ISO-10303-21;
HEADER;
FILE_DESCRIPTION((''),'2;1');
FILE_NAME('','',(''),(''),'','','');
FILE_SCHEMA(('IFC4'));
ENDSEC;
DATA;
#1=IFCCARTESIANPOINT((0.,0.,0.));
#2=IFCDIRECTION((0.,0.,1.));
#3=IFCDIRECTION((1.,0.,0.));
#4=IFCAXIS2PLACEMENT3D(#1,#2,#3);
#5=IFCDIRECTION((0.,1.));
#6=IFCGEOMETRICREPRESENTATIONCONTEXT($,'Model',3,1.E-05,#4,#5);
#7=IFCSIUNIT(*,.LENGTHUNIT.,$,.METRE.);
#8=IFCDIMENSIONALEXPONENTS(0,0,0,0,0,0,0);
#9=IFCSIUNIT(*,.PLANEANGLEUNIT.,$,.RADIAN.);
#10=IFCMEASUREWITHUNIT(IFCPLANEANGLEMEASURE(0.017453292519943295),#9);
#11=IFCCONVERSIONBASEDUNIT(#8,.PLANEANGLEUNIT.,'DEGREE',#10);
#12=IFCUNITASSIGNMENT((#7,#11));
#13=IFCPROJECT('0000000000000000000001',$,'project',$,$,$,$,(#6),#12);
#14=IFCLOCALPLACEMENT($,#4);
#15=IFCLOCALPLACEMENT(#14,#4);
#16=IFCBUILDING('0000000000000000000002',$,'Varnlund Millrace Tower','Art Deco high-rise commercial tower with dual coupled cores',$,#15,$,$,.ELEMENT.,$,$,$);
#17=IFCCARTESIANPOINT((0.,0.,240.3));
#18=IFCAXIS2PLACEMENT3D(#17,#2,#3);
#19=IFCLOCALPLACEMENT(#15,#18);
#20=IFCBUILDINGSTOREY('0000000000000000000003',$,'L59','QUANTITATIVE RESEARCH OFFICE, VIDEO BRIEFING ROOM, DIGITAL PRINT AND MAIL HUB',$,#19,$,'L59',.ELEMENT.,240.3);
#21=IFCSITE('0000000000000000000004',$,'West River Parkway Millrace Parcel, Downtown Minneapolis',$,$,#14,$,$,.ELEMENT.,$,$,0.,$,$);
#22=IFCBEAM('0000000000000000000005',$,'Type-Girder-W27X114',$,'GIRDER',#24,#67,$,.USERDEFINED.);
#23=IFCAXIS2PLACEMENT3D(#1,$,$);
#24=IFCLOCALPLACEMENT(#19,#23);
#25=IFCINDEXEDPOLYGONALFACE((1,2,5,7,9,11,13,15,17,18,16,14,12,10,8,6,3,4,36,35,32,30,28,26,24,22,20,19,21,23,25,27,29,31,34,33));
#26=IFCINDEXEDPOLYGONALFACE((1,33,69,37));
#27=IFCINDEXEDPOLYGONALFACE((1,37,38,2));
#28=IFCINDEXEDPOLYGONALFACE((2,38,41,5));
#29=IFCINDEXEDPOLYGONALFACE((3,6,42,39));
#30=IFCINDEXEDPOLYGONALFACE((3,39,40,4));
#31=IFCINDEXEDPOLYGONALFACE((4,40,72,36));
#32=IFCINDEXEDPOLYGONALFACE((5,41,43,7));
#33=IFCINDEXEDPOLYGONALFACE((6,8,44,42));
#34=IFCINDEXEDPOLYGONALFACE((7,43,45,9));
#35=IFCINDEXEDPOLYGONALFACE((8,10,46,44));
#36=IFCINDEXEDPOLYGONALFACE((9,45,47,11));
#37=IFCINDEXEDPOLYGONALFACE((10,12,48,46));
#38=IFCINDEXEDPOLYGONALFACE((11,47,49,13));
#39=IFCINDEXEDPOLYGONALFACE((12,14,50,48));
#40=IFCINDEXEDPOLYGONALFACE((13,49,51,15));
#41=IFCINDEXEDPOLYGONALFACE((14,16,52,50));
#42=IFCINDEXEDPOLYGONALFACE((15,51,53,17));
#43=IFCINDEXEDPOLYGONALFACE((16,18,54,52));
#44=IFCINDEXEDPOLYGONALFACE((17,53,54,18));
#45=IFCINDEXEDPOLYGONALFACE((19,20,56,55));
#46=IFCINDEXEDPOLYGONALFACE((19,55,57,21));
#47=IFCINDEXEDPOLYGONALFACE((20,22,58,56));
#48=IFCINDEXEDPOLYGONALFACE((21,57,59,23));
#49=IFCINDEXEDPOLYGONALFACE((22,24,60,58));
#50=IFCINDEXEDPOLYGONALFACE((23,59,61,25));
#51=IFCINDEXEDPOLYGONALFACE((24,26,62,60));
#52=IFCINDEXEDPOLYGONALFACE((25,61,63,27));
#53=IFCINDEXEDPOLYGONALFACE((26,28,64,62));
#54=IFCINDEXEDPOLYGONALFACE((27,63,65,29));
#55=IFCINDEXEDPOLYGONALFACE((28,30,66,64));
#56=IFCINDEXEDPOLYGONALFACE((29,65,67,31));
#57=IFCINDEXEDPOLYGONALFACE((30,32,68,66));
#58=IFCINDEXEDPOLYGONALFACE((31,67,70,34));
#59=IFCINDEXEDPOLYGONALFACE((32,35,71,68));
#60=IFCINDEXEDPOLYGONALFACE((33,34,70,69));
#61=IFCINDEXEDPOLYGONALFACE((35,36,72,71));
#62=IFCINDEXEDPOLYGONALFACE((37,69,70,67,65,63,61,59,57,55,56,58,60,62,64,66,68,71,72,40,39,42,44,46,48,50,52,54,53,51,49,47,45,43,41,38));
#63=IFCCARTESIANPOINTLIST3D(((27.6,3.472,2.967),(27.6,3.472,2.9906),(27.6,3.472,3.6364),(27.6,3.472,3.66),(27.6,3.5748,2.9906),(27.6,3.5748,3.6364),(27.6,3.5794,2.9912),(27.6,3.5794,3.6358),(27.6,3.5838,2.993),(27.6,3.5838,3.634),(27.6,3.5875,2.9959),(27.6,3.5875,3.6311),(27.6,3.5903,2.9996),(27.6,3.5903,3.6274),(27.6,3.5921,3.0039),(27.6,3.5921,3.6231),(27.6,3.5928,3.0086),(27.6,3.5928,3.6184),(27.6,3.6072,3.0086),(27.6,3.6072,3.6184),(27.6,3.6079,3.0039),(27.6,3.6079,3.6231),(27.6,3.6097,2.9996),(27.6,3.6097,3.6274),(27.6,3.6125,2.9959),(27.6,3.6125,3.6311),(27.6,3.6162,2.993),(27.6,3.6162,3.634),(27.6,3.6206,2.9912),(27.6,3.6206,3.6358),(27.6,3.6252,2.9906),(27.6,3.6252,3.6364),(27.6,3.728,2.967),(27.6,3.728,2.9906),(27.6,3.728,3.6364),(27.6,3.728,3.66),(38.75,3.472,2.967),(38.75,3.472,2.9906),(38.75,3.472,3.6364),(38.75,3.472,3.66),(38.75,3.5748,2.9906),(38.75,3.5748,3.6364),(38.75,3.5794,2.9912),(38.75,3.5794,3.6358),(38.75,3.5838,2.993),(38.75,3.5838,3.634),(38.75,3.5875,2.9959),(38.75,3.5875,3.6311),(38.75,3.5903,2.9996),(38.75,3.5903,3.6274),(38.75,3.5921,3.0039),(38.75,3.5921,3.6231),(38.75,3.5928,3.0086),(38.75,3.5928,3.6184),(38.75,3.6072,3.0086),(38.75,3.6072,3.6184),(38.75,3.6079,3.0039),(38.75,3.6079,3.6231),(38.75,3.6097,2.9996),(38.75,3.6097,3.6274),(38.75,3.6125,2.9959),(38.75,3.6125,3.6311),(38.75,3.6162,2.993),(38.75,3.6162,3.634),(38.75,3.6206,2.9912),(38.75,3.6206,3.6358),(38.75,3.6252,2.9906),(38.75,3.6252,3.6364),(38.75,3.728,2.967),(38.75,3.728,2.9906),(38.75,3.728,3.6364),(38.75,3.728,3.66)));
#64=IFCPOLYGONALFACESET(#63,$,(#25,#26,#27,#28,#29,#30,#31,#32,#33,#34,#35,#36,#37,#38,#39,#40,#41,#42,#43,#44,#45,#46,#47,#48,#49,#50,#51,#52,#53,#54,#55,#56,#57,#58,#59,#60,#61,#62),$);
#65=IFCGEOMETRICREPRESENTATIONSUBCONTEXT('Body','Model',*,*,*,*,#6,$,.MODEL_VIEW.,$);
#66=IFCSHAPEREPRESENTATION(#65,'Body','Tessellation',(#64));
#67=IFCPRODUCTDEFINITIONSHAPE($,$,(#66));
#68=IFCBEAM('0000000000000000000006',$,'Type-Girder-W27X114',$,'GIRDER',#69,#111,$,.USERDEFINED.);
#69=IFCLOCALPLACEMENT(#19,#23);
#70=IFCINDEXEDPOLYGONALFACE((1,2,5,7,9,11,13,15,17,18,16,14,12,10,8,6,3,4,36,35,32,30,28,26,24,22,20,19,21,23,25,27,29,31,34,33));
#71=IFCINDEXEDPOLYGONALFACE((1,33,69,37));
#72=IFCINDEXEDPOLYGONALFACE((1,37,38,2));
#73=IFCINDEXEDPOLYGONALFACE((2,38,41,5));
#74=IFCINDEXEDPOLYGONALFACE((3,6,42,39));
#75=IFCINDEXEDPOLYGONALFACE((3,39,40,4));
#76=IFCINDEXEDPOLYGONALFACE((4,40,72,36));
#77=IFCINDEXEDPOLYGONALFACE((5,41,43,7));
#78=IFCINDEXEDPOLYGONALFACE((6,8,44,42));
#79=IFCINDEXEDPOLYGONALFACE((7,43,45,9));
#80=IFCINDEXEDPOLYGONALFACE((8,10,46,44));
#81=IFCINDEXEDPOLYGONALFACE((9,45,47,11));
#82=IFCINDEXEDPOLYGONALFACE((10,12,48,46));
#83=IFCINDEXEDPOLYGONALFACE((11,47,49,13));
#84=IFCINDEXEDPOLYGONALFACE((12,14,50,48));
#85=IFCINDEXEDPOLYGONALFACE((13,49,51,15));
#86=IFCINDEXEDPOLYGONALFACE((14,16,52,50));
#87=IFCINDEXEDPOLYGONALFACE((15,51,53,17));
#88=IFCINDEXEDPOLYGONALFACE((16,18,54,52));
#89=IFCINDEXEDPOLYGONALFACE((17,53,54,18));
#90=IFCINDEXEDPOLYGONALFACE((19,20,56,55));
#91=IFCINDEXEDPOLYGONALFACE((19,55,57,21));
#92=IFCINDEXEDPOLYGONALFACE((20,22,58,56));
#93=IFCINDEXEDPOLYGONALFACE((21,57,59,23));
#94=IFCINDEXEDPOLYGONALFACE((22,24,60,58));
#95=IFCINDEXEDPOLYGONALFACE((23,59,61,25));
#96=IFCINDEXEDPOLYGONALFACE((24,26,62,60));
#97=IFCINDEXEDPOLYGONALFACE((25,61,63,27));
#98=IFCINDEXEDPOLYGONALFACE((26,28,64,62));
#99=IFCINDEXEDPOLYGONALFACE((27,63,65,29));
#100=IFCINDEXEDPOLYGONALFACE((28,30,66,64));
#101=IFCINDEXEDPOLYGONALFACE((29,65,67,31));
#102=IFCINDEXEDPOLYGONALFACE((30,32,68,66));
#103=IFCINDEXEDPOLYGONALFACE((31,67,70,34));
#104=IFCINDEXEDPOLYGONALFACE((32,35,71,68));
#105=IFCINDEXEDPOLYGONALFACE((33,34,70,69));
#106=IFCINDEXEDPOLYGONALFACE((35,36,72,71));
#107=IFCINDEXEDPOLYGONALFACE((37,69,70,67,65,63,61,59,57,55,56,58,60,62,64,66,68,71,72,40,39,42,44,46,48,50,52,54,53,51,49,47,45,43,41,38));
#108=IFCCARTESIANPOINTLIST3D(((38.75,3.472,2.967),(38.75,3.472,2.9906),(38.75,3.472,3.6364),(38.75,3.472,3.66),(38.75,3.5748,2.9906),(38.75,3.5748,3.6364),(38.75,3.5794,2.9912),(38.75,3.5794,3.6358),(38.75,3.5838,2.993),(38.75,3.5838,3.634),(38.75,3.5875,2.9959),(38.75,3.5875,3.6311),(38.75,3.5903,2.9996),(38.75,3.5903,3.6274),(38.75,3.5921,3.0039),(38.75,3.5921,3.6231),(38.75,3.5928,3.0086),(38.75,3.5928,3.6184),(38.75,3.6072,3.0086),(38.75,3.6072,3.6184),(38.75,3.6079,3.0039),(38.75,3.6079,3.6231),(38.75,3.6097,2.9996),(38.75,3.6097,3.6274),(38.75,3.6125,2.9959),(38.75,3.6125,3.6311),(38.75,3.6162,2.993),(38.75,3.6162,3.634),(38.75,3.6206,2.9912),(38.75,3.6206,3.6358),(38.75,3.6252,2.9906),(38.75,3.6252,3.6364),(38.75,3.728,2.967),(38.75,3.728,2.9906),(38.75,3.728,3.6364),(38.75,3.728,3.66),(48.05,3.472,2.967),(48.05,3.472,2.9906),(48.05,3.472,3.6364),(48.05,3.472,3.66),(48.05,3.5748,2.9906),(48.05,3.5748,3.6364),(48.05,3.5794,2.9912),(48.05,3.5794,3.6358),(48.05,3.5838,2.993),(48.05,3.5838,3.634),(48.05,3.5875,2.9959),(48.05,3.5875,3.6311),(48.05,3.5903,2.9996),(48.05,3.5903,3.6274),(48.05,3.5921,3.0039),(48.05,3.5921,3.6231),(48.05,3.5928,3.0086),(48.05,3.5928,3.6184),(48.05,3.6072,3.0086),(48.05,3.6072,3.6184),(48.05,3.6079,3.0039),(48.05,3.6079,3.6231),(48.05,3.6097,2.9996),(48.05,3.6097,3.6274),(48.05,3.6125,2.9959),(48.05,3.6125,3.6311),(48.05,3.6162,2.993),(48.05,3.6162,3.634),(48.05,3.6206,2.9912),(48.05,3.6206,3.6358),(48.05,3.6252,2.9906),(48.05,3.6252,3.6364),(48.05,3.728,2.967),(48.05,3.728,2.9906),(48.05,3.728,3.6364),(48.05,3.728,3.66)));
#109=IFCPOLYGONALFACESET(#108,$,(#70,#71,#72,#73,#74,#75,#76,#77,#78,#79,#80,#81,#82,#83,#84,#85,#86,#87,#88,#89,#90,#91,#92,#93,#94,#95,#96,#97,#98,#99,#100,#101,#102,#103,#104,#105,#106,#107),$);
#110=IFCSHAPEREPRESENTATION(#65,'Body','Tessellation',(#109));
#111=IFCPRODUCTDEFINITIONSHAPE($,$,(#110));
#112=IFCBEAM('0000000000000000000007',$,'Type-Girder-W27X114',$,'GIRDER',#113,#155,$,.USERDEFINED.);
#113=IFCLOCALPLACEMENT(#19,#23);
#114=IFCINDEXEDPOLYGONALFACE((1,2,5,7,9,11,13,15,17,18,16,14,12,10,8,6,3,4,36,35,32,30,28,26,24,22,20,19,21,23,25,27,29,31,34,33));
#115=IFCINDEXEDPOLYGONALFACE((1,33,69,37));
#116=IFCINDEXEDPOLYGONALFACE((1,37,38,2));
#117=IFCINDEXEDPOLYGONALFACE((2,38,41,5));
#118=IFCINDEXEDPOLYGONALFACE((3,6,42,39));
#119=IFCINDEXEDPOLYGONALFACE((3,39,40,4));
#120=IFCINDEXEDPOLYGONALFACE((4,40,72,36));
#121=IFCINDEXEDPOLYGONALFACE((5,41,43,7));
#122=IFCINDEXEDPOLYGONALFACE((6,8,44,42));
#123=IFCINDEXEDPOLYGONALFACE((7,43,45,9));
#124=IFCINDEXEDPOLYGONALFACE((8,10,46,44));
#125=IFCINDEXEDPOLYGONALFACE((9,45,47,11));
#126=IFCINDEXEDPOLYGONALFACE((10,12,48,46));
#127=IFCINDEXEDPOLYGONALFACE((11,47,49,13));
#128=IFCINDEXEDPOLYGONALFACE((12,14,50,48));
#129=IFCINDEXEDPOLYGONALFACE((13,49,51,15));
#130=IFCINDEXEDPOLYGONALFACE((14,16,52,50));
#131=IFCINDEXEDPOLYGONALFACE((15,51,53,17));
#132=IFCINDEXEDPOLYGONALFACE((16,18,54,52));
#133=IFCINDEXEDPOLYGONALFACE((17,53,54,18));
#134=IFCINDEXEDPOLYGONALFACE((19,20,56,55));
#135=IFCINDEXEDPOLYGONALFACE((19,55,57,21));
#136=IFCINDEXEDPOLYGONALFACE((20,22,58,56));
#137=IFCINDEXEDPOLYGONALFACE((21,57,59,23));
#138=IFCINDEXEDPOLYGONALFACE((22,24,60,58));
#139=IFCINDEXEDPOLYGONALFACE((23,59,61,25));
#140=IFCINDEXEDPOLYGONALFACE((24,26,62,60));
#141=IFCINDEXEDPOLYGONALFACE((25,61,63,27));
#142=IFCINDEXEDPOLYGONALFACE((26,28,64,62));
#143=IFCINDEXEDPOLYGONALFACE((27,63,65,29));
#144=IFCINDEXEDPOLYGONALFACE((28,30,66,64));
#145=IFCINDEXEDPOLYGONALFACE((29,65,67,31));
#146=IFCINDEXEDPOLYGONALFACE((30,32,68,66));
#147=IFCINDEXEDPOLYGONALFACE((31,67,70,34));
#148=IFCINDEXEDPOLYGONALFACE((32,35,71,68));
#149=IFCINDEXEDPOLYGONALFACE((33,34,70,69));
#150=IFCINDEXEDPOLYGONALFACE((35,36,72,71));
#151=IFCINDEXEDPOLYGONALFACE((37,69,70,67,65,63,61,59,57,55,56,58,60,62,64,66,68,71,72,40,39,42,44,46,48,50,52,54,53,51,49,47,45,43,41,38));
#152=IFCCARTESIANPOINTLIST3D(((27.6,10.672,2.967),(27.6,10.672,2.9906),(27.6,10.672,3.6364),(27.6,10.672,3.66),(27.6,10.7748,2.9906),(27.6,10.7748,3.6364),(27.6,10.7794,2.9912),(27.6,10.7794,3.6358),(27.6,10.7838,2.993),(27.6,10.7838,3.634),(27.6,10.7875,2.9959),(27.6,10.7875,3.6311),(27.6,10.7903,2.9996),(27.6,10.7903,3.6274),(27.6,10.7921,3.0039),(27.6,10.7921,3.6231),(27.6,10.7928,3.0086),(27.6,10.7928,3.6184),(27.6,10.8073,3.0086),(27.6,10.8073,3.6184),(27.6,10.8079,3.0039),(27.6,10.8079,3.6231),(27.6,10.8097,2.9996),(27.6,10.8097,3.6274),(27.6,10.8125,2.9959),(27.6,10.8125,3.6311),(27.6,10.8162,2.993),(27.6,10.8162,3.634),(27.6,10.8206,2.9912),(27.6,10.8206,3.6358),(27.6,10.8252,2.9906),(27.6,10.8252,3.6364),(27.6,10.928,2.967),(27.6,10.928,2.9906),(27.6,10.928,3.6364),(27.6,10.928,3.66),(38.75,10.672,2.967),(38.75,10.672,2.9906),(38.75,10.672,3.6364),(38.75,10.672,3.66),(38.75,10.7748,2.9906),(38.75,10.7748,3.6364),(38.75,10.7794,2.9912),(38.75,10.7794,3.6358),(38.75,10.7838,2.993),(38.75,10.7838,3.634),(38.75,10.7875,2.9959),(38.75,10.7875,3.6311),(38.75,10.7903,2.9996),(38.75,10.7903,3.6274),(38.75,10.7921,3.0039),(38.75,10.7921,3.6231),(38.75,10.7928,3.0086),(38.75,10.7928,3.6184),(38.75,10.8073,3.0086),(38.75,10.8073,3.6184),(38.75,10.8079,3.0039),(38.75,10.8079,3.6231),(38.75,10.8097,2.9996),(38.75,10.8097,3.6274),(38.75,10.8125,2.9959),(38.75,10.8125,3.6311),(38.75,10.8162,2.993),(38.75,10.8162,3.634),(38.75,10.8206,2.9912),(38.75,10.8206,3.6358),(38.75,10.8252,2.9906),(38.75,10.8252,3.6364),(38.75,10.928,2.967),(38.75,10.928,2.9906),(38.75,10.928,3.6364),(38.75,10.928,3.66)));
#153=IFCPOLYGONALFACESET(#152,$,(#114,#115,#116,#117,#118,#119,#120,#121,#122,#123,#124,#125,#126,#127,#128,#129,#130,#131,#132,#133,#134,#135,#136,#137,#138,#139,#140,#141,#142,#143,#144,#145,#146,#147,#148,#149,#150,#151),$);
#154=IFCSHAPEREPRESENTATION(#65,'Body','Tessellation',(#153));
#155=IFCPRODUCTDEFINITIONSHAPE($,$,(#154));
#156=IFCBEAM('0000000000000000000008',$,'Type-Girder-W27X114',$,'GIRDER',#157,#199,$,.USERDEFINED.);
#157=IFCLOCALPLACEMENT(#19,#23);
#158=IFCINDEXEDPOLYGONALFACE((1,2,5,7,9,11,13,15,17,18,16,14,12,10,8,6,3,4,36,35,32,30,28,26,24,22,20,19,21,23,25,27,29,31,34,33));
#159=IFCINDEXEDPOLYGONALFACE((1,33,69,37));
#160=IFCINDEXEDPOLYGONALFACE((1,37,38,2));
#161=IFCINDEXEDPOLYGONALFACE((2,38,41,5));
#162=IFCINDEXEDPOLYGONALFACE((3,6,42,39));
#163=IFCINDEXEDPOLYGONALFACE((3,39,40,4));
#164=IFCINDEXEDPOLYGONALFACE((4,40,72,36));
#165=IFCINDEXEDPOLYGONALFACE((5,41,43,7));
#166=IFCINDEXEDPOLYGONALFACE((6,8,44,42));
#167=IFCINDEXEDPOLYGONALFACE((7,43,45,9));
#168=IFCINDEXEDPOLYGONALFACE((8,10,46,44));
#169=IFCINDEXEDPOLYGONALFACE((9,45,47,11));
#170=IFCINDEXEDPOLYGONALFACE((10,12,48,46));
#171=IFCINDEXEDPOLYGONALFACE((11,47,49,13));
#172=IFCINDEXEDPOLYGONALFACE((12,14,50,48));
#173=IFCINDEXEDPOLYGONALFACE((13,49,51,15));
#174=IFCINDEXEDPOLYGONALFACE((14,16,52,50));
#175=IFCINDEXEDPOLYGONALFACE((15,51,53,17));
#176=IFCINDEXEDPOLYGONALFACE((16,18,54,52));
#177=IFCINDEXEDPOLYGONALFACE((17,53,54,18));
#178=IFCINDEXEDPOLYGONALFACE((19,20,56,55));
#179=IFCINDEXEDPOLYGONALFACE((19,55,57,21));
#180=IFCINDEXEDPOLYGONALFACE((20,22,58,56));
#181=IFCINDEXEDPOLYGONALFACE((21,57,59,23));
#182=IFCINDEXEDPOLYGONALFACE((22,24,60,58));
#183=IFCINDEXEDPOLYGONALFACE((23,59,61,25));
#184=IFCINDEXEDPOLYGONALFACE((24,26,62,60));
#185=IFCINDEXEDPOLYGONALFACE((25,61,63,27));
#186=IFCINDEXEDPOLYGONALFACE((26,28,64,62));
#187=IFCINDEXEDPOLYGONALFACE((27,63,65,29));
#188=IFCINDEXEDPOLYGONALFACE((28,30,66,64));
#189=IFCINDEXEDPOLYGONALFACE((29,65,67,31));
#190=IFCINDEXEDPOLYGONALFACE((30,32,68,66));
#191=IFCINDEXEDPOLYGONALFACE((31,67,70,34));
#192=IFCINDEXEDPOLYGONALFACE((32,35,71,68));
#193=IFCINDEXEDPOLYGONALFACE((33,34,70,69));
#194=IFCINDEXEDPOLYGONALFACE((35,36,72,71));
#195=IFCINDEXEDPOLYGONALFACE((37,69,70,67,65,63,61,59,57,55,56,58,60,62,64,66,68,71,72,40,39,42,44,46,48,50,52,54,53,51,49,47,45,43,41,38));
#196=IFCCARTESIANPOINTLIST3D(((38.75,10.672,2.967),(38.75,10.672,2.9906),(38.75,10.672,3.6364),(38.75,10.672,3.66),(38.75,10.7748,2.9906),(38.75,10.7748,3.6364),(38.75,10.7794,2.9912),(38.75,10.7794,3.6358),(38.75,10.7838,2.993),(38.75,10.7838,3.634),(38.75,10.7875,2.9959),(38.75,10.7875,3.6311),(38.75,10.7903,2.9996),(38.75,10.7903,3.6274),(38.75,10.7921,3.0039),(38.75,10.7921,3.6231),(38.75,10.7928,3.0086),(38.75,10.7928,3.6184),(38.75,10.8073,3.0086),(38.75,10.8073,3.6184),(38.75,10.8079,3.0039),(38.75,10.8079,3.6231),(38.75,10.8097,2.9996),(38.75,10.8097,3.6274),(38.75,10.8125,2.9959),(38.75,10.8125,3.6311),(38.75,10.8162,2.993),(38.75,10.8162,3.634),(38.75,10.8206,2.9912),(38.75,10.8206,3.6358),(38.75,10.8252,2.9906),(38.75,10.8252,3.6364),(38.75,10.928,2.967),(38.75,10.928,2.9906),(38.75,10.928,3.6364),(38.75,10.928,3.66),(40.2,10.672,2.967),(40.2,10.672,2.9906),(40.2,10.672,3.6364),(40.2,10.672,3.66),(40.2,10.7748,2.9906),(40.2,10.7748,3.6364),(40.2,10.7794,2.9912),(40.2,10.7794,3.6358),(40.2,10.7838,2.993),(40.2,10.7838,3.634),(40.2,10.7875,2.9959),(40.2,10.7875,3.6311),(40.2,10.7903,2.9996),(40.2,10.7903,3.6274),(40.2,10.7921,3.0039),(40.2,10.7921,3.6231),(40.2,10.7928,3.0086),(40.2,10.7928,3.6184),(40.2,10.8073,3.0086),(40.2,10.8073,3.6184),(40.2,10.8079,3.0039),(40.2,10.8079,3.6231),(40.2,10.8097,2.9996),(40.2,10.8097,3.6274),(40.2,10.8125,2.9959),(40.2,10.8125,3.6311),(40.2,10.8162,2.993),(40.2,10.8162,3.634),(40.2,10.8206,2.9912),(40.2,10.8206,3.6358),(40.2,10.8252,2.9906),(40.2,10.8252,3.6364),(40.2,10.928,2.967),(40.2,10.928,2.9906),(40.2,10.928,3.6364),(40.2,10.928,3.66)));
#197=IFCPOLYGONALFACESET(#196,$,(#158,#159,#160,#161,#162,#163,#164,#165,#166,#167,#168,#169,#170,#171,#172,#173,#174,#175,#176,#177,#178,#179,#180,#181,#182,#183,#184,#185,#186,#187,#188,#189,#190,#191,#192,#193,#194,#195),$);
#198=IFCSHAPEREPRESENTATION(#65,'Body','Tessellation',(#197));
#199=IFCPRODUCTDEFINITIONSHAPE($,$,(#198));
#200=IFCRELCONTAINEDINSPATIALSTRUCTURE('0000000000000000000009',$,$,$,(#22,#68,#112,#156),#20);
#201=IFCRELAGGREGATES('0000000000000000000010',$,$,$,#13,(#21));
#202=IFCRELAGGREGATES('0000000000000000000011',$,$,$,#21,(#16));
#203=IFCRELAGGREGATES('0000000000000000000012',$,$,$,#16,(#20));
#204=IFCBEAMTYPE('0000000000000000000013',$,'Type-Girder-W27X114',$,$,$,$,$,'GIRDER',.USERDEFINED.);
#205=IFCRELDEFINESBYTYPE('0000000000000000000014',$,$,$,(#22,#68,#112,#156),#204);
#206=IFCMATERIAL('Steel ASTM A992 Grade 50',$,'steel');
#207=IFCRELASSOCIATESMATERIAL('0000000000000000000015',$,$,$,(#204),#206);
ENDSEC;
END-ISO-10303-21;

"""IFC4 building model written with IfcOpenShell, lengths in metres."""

from ifc_helpers import new_model, entity, si_unit, converted_unit, direction, frame, origin_with_axes, origin_2d_with_axis, place, context, subcontext, project, spatial, i_section, extrude, material, material_profile, profile_set, type_object, element, save


model = new_model("IFC4")

# Units and contexts
model_context = context("Model", 3, precision=1e-05, world=origin_with_axes(), true_north=direction((0.0, 1.0)))
body_context = subcontext(model_context, "Body", "Model", "MODEL_VIEW")
ifc_project = project(units=[si_unit("LENGTHUNIT", "METRE"), converted_unit("PLANEANGLEUNIT", "DEGREE", entity("IfcPlaneAngleMeasure", 0.017453292519943295), si_unit("PLANEANGLEUNIT", "RADIAN"), dimensions=[0, 0, 0, 0, 0, 0, 0])], contexts=[model_context])

# Site, building, storey
site_placement = place(None, origin_with_axes())
site = spatial("IfcSite", under=ifc_project, at=site_placement, Name="West River Parkway Millrace Parcel, Downtown Minneapolis", CompositionType="ELEMENT", RefElevation=0.0)
building_placement = place(site_placement, origin_with_axes())
building = spatial("IfcBuilding", under=site, at=building_placement, Name="Varnlund Millrace Tower", Description="Art Deco high-rise commercial tower with dual coupled cores", CompositionType="ELEMENT")
storey_placement = place(building_placement, frame((0.0, 0.0, 240.3), z_axis=(0.0, 0.0, 1.0), x_axis=(1.0, 0.0, 0.0)))
storey = spatial("IfcBuildingStorey", under=building, at=storey_placement, Name="L59", Description="QUANTITATIVE RESEARCH OFFICE, VIDEO BRIEFING ROOM, DIGITAL PRINT AND MAIL HUB", LongName="L59", CompositionType="ELEMENT", Elevation=240.3)

# Beams
ifc_material_1 = material(Name="Steel ASTM A992 Grade 50", Category="steel")
ifc_material_profile_1 = material_profile(ifc_material_1, i_section(OverallWidth=0.256, OverallDepth=0.693, WebThickness=0.0145, FlangeThickness=0.0236, FilletRadius=0.018, at=origin_2d_with_axis()), Name="Steel ASTM A992 Grade 50")
ifc_profile_set_1 = profile_set([ifc_material_profile_1], Name="Steel ASTM A992 Grade 50")
beam_type_1 = type_object("IfcBeamType", Name="Type-Girder-W27X114", ElementType="GIRDER", PredefinedType="USERDEFINED", material=ifc_profile_set_1)
beam_1_placement = place(storey_placement, frame((27.6, 3.6, 3.3135), z_axis=(1.0, 0.0, 0.0), x_axis=(0.0, 1.0, 0.0)))
element("IfcBeam", 1, at=beam_1_placement, inside=storey, type_object=beam_type_1, Name="Type-Girder-W27X114", ObjectType="GIRDER", PredefinedType="USERDEFINED", context=body_context, shape_type="SweptSolid", body=[
    extrude(i_section(OverallWidth=0.256, OverallDepth=0.693, WebThickness=0.0145, FlangeThickness=0.0236, FilletRadius=0.018, at=origin_2d_with_axis()), origin_with_axes(), (0.0, 0.0, 1.0), 11.15),
])
beam_2_placement = place(storey_placement, frame((38.75, 3.6, 3.3135), z_axis=(1.0, 0.0, 0.0), x_axis=(0.0, 1.0, 0.0)))
element("IfcBeam", 2, at=beam_2_placement, inside=storey, type_object=beam_type_1, Name="Type-Girder-W27X114", ObjectType="GIRDER", PredefinedType="USERDEFINED", context=body_context, shape_type="SweptSolid", body=[
    extrude(i_section(OverallWidth=0.256, OverallDepth=0.693, WebThickness=0.0145, FlangeThickness=0.0236, FilletRadius=0.018, at=origin_2d_with_axis()), origin_with_axes(), (0.0, 0.0, 1.0), 9.3),
])
beam_3_placement = place(storey_placement, frame((27.6, 10.8, 3.3135), z_axis=(1.0, 0.0, 0.0), x_axis=(0.0, 1.0, 0.0)))
element("IfcBeam", 3, at=beam_3_placement, inside=storey, type_object=beam_type_1, Name="Type-Girder-W27X114", ObjectType="GIRDER", PredefinedType="USERDEFINED", context=body_context, shape_type="SweptSolid", body=[
    extrude(i_section(OverallWidth=0.256, OverallDepth=0.693, WebThickness=0.0145, FlangeThickness=0.0236, FilletRadius=0.018, at=origin_2d_with_axis()), origin_with_axes(), (0.0, 0.0, 1.0), 11.15),
])
beam_4_placement = place(storey_placement, frame((38.75, 10.8, 3.3135), z_axis=(1.0, 0.0, 0.0), x_axis=(0.0, 1.0, 0.0)))
element("IfcBeam", 4, at=beam_4_placement, inside=storey, type_object=beam_type_1, Name="Type-Girder-W27X114", ObjectType="GIRDER", PredefinedType="USERDEFINED", context=body_context, shape_type="SweptSolid", body=[
    extrude(i_section(OverallWidth=0.256, OverallDepth=0.693, WebThickness=0.0145, FlangeThickness=0.0236, FilletRadius=0.018, at=origin_2d_with_axis()), origin_with_axes(), (0.0, 0.0, 1.0), 1.45),
])

save(model, "model.ifc")
